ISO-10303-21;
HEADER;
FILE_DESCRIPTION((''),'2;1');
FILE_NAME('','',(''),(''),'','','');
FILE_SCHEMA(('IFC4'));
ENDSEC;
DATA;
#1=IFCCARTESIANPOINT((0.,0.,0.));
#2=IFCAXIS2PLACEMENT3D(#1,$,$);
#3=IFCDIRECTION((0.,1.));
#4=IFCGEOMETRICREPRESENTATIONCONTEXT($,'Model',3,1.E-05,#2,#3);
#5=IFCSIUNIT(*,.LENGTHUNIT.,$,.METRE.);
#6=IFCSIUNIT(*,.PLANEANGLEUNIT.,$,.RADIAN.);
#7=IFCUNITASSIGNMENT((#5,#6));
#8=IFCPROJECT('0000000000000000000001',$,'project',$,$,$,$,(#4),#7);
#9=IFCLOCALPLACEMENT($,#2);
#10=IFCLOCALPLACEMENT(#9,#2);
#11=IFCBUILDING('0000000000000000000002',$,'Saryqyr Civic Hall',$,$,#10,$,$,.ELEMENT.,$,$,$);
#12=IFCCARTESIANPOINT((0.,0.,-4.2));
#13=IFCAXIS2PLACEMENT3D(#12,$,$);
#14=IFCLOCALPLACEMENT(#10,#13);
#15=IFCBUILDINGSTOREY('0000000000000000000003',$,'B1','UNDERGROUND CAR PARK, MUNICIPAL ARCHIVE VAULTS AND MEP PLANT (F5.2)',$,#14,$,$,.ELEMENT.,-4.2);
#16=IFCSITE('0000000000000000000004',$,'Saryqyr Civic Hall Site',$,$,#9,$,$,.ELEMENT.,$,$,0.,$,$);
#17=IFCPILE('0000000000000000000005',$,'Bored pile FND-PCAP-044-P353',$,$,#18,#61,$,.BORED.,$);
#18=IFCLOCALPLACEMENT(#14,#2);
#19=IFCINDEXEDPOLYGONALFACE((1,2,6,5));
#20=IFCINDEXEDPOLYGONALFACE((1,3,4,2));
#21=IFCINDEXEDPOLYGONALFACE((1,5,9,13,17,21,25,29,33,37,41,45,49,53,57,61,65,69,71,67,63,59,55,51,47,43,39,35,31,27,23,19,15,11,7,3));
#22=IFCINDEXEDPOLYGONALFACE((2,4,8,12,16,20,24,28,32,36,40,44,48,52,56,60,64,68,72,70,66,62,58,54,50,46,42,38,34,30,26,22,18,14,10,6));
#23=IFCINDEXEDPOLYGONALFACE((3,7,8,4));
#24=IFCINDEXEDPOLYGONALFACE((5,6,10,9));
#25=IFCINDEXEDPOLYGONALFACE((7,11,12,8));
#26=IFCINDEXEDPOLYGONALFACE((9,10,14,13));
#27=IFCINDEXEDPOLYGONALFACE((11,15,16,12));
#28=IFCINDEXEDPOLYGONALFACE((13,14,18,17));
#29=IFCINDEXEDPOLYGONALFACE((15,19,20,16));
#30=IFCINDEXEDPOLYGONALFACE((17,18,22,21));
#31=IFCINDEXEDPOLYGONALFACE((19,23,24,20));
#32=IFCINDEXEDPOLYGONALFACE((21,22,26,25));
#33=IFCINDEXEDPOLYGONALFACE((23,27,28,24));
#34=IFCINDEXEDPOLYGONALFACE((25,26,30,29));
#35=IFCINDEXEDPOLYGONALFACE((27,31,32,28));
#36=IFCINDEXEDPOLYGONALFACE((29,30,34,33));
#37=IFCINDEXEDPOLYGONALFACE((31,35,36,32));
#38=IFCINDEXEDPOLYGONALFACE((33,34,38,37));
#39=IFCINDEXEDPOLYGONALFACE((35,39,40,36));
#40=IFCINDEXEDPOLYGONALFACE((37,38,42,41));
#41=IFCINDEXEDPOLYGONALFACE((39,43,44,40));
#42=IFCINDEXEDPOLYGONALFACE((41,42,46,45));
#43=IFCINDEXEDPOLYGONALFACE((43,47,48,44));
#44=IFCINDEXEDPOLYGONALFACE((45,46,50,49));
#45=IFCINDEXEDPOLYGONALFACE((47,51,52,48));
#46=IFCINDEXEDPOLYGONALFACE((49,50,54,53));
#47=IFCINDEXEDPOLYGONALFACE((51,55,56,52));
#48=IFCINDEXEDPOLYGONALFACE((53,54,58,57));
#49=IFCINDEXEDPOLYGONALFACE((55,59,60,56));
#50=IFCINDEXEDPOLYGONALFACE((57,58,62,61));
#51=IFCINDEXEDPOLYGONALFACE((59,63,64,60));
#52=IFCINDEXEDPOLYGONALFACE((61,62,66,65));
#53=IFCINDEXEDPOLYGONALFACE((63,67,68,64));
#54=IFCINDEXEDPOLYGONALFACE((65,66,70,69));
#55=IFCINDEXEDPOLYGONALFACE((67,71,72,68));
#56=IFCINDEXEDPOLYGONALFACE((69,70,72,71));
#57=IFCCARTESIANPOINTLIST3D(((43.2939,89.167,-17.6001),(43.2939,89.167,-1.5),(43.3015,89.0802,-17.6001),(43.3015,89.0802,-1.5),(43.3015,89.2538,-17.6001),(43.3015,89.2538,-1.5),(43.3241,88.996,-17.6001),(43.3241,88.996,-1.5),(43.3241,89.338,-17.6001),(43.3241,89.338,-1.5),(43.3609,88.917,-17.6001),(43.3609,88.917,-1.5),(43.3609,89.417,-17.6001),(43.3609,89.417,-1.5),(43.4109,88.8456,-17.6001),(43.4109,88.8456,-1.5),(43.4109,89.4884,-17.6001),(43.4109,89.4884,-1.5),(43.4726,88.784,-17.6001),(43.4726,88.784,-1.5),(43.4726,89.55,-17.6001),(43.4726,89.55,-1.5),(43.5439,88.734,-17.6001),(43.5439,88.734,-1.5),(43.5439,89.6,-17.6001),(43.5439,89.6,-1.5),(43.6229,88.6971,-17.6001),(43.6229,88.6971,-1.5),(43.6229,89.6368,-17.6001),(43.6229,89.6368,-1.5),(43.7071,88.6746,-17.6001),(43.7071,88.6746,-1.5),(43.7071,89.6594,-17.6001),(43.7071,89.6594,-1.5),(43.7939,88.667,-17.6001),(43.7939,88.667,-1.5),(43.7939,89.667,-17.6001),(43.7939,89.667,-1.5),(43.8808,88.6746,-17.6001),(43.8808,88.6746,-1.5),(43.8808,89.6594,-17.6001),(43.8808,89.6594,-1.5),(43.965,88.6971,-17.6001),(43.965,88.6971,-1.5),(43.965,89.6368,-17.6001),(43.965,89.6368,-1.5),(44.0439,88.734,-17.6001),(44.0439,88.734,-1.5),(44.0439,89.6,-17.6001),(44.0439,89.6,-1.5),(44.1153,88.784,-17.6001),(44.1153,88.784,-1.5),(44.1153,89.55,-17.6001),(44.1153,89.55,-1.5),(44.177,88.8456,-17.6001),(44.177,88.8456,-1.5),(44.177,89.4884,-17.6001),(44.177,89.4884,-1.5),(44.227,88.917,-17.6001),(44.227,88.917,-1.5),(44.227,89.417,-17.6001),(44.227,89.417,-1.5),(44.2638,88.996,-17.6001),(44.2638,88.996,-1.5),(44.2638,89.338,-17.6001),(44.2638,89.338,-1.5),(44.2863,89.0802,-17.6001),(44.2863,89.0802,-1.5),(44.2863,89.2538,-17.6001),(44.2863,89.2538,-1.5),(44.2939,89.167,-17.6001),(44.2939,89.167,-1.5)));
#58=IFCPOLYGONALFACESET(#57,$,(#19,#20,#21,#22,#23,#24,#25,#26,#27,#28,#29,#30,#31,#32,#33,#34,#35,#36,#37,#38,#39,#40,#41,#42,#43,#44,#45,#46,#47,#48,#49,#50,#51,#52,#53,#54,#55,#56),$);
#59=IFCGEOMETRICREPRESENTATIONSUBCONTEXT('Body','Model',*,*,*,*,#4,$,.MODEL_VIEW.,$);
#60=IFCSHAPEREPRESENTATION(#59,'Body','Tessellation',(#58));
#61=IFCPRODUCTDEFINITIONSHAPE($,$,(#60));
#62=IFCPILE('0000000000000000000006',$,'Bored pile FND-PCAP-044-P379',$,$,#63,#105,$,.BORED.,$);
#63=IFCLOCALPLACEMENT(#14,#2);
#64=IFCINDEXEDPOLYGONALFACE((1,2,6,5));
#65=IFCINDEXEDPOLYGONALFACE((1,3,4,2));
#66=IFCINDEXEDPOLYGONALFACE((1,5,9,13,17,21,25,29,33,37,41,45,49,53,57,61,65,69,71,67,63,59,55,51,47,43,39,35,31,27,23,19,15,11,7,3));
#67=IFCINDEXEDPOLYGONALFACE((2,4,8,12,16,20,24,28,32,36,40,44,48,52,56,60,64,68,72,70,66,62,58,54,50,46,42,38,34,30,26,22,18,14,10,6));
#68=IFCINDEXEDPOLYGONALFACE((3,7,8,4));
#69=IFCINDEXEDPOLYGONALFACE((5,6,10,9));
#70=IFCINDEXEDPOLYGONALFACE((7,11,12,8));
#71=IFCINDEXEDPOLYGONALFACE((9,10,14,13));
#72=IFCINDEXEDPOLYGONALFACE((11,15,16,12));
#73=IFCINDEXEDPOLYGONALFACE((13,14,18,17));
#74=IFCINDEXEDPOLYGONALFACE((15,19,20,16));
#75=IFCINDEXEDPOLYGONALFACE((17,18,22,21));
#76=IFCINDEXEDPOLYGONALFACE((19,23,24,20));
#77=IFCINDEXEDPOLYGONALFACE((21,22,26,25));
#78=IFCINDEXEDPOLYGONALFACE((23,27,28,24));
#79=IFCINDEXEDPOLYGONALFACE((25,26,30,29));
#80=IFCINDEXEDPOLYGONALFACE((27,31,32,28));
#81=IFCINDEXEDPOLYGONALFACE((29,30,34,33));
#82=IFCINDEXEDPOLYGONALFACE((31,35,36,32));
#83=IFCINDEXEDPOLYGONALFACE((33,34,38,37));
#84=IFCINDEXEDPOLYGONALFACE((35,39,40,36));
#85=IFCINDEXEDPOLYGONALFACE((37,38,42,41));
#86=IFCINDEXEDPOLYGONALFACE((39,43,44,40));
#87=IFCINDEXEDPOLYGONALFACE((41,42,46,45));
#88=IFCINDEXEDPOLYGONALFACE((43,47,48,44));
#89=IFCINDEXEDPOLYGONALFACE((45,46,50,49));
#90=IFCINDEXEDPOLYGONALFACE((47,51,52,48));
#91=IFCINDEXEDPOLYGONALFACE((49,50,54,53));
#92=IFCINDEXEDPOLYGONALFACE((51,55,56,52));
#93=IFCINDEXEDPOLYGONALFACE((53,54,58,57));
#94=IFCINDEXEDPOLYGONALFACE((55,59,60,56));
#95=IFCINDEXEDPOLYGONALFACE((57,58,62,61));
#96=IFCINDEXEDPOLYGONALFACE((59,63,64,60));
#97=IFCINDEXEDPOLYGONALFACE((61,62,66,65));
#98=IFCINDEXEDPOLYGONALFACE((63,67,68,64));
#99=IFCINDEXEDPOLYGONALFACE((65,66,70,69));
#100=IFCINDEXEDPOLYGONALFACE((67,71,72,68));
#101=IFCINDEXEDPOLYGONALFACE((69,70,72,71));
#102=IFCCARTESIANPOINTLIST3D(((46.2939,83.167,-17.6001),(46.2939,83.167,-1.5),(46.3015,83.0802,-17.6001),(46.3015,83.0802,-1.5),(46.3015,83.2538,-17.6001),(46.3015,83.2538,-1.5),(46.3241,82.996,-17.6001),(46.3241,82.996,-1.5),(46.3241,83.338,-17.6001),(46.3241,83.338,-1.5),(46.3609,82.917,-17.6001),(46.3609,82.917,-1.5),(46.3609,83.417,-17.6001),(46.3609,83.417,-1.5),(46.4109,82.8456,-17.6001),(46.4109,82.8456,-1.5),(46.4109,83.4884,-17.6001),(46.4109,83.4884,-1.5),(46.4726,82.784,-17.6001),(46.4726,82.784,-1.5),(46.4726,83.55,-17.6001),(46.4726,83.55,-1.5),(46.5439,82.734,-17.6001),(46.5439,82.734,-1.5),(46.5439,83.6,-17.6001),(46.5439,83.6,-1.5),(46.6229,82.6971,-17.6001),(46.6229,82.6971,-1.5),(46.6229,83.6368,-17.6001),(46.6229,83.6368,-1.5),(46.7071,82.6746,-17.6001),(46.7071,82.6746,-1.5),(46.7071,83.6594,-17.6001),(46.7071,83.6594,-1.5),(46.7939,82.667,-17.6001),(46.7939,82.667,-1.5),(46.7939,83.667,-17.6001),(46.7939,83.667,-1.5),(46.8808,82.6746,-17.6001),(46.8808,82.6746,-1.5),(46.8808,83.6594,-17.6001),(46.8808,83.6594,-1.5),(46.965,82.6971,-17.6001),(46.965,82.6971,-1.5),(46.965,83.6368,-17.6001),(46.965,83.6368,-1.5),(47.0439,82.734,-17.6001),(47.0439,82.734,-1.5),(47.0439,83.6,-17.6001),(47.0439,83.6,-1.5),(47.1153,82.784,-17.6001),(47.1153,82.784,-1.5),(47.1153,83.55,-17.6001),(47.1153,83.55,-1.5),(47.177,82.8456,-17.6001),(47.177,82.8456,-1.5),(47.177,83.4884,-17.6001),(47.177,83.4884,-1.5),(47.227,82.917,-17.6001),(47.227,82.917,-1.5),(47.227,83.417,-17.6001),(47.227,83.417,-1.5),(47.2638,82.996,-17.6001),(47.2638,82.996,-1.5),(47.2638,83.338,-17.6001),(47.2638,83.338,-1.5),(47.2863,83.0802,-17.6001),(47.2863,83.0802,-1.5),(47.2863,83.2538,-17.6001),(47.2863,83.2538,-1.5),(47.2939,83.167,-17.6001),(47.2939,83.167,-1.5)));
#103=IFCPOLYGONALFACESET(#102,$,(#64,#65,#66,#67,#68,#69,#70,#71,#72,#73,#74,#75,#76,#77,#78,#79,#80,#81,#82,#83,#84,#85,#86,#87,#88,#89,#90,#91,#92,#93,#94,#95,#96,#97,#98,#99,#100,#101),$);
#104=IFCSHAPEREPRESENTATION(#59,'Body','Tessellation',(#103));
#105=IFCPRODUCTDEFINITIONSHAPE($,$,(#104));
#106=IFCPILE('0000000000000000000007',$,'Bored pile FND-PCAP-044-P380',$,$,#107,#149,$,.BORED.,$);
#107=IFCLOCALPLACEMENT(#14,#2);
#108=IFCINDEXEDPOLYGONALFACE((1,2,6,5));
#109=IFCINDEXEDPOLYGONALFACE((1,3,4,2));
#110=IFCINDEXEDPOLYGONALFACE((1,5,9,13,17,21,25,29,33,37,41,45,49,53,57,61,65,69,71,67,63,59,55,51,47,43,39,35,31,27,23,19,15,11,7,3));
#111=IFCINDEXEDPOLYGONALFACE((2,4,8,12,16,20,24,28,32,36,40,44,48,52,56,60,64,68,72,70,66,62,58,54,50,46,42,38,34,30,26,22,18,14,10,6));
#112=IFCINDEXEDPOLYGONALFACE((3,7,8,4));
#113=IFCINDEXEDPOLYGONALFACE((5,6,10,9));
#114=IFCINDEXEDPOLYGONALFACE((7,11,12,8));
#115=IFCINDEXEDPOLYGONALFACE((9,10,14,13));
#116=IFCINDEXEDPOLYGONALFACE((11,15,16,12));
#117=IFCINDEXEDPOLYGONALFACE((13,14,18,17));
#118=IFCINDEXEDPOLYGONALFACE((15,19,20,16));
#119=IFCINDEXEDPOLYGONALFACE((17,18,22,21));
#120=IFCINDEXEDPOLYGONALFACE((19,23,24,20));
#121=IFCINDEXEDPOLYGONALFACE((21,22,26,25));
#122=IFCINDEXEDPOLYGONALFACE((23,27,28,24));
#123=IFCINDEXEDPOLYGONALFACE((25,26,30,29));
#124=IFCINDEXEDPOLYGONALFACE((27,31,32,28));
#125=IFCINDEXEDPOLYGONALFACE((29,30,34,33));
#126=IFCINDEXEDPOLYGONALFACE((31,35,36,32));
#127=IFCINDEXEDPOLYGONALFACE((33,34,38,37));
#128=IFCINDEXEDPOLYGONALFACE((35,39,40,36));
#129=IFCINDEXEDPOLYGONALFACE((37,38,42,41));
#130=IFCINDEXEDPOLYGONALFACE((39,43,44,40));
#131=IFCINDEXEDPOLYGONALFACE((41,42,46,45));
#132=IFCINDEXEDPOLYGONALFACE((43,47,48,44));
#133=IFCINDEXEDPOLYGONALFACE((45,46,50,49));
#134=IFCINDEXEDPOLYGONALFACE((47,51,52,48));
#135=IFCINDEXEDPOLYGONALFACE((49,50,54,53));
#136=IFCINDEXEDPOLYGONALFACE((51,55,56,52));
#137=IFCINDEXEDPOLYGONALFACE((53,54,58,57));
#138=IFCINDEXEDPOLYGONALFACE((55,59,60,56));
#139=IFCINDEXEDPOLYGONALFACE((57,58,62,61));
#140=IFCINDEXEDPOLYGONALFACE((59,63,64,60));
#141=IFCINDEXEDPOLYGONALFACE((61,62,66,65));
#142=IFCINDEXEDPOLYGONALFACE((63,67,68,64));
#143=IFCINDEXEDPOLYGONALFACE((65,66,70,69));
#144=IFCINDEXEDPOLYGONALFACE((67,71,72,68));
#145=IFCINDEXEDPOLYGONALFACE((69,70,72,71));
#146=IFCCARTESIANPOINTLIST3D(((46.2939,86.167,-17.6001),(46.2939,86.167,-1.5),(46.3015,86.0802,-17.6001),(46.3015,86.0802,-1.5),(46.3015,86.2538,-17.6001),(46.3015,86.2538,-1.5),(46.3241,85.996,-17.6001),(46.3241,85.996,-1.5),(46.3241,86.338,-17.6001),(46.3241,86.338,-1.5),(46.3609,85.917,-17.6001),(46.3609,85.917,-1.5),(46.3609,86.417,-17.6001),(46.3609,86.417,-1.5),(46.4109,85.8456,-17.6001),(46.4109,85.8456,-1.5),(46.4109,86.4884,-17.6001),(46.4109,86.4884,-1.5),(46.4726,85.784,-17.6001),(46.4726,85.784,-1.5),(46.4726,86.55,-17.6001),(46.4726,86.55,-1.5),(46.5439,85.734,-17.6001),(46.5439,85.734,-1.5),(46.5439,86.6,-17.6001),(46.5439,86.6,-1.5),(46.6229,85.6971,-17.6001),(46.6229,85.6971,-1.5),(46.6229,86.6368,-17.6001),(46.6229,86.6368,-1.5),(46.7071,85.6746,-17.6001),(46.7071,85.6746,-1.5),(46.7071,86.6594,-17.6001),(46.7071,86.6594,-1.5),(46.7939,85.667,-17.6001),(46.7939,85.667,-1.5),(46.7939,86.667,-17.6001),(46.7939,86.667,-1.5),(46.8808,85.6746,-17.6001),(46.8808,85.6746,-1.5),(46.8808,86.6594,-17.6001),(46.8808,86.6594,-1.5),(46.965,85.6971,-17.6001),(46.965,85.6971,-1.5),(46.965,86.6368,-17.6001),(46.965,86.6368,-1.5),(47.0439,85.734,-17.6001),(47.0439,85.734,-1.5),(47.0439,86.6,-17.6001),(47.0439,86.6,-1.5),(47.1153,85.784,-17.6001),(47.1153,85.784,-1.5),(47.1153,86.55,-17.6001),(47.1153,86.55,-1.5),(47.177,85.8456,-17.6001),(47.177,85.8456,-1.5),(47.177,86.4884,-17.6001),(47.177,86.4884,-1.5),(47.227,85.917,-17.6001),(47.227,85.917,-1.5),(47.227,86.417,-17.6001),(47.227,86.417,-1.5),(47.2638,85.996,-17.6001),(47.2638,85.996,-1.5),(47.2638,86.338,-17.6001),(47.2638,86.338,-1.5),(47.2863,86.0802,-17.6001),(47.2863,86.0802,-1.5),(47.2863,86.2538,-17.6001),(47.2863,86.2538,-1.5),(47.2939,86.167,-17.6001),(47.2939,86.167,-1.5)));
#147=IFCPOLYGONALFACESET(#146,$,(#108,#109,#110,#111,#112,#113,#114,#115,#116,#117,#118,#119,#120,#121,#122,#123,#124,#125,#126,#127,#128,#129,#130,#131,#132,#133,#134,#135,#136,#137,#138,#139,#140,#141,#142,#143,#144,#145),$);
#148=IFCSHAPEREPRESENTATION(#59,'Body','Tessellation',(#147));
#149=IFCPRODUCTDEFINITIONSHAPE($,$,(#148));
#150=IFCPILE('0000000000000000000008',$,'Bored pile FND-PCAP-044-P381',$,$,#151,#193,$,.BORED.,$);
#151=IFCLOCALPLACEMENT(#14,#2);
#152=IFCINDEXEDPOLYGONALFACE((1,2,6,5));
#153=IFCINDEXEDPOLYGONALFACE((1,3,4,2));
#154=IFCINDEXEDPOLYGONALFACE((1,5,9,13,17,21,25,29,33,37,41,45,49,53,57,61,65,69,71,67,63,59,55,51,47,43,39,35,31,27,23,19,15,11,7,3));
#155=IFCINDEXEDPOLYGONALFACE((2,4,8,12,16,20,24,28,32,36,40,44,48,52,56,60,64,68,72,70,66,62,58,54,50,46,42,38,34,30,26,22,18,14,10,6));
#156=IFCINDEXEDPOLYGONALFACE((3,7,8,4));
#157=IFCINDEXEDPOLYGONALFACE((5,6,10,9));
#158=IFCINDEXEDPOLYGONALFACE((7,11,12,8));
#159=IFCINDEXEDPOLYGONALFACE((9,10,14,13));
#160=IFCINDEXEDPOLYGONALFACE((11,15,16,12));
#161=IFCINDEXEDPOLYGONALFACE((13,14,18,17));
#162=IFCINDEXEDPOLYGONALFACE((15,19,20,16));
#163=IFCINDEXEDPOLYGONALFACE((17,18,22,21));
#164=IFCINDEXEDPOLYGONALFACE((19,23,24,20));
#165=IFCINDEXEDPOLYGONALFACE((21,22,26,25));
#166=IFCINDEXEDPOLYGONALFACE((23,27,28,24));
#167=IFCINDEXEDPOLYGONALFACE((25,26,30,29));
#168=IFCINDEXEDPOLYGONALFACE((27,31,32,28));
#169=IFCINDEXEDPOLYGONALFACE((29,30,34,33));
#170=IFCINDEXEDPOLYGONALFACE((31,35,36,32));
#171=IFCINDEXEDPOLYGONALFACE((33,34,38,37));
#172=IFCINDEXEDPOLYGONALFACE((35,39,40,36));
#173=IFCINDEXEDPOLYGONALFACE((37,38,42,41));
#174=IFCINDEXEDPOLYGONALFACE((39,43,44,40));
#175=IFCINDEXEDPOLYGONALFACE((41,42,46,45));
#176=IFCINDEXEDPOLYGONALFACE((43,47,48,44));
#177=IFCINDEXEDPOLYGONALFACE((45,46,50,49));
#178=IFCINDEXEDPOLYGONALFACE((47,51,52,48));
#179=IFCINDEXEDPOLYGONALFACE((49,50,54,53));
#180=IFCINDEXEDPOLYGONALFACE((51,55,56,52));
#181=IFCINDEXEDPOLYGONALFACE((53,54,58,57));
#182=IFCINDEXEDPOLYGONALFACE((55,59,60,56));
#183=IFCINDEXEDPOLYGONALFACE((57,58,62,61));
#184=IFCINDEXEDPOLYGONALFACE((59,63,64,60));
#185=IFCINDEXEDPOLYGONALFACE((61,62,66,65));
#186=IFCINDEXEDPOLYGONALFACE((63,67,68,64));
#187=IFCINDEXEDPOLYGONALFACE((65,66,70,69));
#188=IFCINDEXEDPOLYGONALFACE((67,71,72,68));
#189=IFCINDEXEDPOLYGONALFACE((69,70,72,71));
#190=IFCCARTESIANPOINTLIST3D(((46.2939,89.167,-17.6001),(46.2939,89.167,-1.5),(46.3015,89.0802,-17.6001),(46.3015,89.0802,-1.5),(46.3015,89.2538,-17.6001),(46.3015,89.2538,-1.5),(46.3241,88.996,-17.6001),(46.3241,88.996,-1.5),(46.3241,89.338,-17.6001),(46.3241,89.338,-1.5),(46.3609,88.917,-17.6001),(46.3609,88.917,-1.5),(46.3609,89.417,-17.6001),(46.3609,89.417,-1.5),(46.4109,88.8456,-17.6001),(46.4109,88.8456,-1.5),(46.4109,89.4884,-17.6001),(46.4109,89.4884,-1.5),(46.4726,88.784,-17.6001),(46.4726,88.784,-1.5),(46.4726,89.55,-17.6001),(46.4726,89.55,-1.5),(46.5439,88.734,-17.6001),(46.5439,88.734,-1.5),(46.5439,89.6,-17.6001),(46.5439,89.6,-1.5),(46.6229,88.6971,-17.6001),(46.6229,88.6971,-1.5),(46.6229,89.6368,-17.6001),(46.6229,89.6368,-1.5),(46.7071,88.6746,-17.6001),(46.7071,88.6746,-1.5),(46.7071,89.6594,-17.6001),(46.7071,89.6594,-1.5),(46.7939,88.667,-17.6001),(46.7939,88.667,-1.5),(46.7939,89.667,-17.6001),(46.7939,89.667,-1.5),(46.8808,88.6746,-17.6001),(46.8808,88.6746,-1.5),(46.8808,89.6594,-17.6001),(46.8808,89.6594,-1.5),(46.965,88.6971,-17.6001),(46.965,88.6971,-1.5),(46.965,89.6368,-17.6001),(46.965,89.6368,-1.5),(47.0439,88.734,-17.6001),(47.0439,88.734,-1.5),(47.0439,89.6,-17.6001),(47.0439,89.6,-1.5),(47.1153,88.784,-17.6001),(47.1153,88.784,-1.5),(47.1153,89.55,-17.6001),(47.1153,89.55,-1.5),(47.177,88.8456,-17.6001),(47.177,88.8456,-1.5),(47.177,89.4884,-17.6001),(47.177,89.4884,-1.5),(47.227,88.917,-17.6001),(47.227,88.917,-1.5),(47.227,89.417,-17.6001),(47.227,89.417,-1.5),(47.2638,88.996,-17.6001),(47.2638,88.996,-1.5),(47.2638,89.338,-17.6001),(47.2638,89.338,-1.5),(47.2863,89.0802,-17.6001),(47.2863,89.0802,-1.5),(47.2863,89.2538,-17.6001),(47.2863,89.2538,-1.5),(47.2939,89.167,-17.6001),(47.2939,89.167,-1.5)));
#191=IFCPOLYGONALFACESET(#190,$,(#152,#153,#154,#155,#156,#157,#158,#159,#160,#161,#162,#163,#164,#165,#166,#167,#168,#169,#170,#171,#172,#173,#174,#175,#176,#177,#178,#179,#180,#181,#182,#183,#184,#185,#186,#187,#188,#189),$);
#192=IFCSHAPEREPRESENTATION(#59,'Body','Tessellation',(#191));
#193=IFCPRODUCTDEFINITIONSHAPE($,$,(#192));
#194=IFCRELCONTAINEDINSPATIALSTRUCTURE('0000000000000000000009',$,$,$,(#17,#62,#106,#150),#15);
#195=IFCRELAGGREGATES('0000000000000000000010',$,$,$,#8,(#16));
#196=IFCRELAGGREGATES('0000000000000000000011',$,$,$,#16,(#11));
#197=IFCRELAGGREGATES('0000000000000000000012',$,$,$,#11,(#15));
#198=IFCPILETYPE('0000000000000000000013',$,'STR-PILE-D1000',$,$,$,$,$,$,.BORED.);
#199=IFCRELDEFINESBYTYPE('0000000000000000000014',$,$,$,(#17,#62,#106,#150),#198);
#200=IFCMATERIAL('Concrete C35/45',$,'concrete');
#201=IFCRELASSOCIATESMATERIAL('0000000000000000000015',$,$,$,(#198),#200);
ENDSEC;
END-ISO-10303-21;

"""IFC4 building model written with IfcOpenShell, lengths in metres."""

from ifc_helpers import new_model, si_unit, direction, frame, origin, origin_2d, place, context, subcontext, project, spatial, circle, extrude, material, material_profile, profile_set, type_object, element, save


model = new_model("IFC4")

# Units and contexts
model_context = context("Model", 3, precision=1e-05, world=origin(), true_north=direction((0.0, 1.0)))
body_context = subcontext(model_context, "Body", "Model", "MODEL_VIEW")
ifc_project = project(units=[si_unit("LENGTHUNIT", "METRE"), si_unit("PLANEANGLEUNIT", "RADIAN")], contexts=[model_context])

# Site, building, storey
site_placement = place(None, origin())
site = spatial("IfcSite", under=ifc_project, at=site_placement, Name="Saryqyr Civic Hall Site", CompositionType="ELEMENT", RefElevation=0.0)
building_placement = place(site_placement, origin())
building = spatial("IfcBuilding", under=site, at=building_placement, Name="Saryqyr Civic Hall", CompositionType="ELEMENT")
storey_placement = place(building_placement, frame((0.0, 0.0, -4.2)))
storey = spatial("IfcBuildingStorey", under=building, at=storey_placement, Name="B1", Description="UNDERGROUND CAR PARK, MUNICIPAL ARCHIVE VAULTS AND MEP PLANT (F5.2)", CompositionType="ELEMENT", Elevation=-4.2)

# Piles
ifc_material_1 = material(Name="Concrete C35/45", Category="concrete")
ifc_material_profile_1 = material_profile(ifc_material_1, circle(Radius=0.5, at=origin_2d()), Name="BORED PILE D1000")
ifc_profile_set_1 = profile_set([ifc_material_profile_1], Name="Concrete C35/45")
pile_type = type_object("IfcPileType", Name="STR-PILE-D1000", PredefinedType="BORED", material=ifc_profile_set_1)
for number, where, z_axis, x_axis, name in (
    (1, (43.7939, 89.167, -1.5), (0.0, 0.0, -1.0), (1.0, 0.0, 0.0), "Bored pile FND-PCAP-044-P353"),
    (2, (46.7939, 83.167, -1.5), (0.0, 0.0, -1.0), (1.0, 0.0, 0.0), "Bored pile FND-PCAP-044-P379"),
    (3, (46.7939, 86.167, -1.5), (0.0, 0.0, -1.0), (1.0, 0.0, 0.0), "Bored pile FND-PCAP-044-P380"),
    (4, (46.7939, 89.167, -1.5), (0.0, 0.0, -1.0), (1.0, 0.0, 0.0), "Bored pile FND-PCAP-044-P381"),
):
    element("IfcPile", number, at=place(storey_placement, frame(where, z_axis=z_axis, x_axis=x_axis)), inside=storey, type_object=pile_type, Name=name, PredefinedType="BORED", context=body_context, shape_type="SweptSolid", body=[
        extrude(circle(Radius=0.5, at=origin_2d()), origin(), (0.0, 0.0, 1.0), 16.1001),
    ])

save(model, "model.ifc")
